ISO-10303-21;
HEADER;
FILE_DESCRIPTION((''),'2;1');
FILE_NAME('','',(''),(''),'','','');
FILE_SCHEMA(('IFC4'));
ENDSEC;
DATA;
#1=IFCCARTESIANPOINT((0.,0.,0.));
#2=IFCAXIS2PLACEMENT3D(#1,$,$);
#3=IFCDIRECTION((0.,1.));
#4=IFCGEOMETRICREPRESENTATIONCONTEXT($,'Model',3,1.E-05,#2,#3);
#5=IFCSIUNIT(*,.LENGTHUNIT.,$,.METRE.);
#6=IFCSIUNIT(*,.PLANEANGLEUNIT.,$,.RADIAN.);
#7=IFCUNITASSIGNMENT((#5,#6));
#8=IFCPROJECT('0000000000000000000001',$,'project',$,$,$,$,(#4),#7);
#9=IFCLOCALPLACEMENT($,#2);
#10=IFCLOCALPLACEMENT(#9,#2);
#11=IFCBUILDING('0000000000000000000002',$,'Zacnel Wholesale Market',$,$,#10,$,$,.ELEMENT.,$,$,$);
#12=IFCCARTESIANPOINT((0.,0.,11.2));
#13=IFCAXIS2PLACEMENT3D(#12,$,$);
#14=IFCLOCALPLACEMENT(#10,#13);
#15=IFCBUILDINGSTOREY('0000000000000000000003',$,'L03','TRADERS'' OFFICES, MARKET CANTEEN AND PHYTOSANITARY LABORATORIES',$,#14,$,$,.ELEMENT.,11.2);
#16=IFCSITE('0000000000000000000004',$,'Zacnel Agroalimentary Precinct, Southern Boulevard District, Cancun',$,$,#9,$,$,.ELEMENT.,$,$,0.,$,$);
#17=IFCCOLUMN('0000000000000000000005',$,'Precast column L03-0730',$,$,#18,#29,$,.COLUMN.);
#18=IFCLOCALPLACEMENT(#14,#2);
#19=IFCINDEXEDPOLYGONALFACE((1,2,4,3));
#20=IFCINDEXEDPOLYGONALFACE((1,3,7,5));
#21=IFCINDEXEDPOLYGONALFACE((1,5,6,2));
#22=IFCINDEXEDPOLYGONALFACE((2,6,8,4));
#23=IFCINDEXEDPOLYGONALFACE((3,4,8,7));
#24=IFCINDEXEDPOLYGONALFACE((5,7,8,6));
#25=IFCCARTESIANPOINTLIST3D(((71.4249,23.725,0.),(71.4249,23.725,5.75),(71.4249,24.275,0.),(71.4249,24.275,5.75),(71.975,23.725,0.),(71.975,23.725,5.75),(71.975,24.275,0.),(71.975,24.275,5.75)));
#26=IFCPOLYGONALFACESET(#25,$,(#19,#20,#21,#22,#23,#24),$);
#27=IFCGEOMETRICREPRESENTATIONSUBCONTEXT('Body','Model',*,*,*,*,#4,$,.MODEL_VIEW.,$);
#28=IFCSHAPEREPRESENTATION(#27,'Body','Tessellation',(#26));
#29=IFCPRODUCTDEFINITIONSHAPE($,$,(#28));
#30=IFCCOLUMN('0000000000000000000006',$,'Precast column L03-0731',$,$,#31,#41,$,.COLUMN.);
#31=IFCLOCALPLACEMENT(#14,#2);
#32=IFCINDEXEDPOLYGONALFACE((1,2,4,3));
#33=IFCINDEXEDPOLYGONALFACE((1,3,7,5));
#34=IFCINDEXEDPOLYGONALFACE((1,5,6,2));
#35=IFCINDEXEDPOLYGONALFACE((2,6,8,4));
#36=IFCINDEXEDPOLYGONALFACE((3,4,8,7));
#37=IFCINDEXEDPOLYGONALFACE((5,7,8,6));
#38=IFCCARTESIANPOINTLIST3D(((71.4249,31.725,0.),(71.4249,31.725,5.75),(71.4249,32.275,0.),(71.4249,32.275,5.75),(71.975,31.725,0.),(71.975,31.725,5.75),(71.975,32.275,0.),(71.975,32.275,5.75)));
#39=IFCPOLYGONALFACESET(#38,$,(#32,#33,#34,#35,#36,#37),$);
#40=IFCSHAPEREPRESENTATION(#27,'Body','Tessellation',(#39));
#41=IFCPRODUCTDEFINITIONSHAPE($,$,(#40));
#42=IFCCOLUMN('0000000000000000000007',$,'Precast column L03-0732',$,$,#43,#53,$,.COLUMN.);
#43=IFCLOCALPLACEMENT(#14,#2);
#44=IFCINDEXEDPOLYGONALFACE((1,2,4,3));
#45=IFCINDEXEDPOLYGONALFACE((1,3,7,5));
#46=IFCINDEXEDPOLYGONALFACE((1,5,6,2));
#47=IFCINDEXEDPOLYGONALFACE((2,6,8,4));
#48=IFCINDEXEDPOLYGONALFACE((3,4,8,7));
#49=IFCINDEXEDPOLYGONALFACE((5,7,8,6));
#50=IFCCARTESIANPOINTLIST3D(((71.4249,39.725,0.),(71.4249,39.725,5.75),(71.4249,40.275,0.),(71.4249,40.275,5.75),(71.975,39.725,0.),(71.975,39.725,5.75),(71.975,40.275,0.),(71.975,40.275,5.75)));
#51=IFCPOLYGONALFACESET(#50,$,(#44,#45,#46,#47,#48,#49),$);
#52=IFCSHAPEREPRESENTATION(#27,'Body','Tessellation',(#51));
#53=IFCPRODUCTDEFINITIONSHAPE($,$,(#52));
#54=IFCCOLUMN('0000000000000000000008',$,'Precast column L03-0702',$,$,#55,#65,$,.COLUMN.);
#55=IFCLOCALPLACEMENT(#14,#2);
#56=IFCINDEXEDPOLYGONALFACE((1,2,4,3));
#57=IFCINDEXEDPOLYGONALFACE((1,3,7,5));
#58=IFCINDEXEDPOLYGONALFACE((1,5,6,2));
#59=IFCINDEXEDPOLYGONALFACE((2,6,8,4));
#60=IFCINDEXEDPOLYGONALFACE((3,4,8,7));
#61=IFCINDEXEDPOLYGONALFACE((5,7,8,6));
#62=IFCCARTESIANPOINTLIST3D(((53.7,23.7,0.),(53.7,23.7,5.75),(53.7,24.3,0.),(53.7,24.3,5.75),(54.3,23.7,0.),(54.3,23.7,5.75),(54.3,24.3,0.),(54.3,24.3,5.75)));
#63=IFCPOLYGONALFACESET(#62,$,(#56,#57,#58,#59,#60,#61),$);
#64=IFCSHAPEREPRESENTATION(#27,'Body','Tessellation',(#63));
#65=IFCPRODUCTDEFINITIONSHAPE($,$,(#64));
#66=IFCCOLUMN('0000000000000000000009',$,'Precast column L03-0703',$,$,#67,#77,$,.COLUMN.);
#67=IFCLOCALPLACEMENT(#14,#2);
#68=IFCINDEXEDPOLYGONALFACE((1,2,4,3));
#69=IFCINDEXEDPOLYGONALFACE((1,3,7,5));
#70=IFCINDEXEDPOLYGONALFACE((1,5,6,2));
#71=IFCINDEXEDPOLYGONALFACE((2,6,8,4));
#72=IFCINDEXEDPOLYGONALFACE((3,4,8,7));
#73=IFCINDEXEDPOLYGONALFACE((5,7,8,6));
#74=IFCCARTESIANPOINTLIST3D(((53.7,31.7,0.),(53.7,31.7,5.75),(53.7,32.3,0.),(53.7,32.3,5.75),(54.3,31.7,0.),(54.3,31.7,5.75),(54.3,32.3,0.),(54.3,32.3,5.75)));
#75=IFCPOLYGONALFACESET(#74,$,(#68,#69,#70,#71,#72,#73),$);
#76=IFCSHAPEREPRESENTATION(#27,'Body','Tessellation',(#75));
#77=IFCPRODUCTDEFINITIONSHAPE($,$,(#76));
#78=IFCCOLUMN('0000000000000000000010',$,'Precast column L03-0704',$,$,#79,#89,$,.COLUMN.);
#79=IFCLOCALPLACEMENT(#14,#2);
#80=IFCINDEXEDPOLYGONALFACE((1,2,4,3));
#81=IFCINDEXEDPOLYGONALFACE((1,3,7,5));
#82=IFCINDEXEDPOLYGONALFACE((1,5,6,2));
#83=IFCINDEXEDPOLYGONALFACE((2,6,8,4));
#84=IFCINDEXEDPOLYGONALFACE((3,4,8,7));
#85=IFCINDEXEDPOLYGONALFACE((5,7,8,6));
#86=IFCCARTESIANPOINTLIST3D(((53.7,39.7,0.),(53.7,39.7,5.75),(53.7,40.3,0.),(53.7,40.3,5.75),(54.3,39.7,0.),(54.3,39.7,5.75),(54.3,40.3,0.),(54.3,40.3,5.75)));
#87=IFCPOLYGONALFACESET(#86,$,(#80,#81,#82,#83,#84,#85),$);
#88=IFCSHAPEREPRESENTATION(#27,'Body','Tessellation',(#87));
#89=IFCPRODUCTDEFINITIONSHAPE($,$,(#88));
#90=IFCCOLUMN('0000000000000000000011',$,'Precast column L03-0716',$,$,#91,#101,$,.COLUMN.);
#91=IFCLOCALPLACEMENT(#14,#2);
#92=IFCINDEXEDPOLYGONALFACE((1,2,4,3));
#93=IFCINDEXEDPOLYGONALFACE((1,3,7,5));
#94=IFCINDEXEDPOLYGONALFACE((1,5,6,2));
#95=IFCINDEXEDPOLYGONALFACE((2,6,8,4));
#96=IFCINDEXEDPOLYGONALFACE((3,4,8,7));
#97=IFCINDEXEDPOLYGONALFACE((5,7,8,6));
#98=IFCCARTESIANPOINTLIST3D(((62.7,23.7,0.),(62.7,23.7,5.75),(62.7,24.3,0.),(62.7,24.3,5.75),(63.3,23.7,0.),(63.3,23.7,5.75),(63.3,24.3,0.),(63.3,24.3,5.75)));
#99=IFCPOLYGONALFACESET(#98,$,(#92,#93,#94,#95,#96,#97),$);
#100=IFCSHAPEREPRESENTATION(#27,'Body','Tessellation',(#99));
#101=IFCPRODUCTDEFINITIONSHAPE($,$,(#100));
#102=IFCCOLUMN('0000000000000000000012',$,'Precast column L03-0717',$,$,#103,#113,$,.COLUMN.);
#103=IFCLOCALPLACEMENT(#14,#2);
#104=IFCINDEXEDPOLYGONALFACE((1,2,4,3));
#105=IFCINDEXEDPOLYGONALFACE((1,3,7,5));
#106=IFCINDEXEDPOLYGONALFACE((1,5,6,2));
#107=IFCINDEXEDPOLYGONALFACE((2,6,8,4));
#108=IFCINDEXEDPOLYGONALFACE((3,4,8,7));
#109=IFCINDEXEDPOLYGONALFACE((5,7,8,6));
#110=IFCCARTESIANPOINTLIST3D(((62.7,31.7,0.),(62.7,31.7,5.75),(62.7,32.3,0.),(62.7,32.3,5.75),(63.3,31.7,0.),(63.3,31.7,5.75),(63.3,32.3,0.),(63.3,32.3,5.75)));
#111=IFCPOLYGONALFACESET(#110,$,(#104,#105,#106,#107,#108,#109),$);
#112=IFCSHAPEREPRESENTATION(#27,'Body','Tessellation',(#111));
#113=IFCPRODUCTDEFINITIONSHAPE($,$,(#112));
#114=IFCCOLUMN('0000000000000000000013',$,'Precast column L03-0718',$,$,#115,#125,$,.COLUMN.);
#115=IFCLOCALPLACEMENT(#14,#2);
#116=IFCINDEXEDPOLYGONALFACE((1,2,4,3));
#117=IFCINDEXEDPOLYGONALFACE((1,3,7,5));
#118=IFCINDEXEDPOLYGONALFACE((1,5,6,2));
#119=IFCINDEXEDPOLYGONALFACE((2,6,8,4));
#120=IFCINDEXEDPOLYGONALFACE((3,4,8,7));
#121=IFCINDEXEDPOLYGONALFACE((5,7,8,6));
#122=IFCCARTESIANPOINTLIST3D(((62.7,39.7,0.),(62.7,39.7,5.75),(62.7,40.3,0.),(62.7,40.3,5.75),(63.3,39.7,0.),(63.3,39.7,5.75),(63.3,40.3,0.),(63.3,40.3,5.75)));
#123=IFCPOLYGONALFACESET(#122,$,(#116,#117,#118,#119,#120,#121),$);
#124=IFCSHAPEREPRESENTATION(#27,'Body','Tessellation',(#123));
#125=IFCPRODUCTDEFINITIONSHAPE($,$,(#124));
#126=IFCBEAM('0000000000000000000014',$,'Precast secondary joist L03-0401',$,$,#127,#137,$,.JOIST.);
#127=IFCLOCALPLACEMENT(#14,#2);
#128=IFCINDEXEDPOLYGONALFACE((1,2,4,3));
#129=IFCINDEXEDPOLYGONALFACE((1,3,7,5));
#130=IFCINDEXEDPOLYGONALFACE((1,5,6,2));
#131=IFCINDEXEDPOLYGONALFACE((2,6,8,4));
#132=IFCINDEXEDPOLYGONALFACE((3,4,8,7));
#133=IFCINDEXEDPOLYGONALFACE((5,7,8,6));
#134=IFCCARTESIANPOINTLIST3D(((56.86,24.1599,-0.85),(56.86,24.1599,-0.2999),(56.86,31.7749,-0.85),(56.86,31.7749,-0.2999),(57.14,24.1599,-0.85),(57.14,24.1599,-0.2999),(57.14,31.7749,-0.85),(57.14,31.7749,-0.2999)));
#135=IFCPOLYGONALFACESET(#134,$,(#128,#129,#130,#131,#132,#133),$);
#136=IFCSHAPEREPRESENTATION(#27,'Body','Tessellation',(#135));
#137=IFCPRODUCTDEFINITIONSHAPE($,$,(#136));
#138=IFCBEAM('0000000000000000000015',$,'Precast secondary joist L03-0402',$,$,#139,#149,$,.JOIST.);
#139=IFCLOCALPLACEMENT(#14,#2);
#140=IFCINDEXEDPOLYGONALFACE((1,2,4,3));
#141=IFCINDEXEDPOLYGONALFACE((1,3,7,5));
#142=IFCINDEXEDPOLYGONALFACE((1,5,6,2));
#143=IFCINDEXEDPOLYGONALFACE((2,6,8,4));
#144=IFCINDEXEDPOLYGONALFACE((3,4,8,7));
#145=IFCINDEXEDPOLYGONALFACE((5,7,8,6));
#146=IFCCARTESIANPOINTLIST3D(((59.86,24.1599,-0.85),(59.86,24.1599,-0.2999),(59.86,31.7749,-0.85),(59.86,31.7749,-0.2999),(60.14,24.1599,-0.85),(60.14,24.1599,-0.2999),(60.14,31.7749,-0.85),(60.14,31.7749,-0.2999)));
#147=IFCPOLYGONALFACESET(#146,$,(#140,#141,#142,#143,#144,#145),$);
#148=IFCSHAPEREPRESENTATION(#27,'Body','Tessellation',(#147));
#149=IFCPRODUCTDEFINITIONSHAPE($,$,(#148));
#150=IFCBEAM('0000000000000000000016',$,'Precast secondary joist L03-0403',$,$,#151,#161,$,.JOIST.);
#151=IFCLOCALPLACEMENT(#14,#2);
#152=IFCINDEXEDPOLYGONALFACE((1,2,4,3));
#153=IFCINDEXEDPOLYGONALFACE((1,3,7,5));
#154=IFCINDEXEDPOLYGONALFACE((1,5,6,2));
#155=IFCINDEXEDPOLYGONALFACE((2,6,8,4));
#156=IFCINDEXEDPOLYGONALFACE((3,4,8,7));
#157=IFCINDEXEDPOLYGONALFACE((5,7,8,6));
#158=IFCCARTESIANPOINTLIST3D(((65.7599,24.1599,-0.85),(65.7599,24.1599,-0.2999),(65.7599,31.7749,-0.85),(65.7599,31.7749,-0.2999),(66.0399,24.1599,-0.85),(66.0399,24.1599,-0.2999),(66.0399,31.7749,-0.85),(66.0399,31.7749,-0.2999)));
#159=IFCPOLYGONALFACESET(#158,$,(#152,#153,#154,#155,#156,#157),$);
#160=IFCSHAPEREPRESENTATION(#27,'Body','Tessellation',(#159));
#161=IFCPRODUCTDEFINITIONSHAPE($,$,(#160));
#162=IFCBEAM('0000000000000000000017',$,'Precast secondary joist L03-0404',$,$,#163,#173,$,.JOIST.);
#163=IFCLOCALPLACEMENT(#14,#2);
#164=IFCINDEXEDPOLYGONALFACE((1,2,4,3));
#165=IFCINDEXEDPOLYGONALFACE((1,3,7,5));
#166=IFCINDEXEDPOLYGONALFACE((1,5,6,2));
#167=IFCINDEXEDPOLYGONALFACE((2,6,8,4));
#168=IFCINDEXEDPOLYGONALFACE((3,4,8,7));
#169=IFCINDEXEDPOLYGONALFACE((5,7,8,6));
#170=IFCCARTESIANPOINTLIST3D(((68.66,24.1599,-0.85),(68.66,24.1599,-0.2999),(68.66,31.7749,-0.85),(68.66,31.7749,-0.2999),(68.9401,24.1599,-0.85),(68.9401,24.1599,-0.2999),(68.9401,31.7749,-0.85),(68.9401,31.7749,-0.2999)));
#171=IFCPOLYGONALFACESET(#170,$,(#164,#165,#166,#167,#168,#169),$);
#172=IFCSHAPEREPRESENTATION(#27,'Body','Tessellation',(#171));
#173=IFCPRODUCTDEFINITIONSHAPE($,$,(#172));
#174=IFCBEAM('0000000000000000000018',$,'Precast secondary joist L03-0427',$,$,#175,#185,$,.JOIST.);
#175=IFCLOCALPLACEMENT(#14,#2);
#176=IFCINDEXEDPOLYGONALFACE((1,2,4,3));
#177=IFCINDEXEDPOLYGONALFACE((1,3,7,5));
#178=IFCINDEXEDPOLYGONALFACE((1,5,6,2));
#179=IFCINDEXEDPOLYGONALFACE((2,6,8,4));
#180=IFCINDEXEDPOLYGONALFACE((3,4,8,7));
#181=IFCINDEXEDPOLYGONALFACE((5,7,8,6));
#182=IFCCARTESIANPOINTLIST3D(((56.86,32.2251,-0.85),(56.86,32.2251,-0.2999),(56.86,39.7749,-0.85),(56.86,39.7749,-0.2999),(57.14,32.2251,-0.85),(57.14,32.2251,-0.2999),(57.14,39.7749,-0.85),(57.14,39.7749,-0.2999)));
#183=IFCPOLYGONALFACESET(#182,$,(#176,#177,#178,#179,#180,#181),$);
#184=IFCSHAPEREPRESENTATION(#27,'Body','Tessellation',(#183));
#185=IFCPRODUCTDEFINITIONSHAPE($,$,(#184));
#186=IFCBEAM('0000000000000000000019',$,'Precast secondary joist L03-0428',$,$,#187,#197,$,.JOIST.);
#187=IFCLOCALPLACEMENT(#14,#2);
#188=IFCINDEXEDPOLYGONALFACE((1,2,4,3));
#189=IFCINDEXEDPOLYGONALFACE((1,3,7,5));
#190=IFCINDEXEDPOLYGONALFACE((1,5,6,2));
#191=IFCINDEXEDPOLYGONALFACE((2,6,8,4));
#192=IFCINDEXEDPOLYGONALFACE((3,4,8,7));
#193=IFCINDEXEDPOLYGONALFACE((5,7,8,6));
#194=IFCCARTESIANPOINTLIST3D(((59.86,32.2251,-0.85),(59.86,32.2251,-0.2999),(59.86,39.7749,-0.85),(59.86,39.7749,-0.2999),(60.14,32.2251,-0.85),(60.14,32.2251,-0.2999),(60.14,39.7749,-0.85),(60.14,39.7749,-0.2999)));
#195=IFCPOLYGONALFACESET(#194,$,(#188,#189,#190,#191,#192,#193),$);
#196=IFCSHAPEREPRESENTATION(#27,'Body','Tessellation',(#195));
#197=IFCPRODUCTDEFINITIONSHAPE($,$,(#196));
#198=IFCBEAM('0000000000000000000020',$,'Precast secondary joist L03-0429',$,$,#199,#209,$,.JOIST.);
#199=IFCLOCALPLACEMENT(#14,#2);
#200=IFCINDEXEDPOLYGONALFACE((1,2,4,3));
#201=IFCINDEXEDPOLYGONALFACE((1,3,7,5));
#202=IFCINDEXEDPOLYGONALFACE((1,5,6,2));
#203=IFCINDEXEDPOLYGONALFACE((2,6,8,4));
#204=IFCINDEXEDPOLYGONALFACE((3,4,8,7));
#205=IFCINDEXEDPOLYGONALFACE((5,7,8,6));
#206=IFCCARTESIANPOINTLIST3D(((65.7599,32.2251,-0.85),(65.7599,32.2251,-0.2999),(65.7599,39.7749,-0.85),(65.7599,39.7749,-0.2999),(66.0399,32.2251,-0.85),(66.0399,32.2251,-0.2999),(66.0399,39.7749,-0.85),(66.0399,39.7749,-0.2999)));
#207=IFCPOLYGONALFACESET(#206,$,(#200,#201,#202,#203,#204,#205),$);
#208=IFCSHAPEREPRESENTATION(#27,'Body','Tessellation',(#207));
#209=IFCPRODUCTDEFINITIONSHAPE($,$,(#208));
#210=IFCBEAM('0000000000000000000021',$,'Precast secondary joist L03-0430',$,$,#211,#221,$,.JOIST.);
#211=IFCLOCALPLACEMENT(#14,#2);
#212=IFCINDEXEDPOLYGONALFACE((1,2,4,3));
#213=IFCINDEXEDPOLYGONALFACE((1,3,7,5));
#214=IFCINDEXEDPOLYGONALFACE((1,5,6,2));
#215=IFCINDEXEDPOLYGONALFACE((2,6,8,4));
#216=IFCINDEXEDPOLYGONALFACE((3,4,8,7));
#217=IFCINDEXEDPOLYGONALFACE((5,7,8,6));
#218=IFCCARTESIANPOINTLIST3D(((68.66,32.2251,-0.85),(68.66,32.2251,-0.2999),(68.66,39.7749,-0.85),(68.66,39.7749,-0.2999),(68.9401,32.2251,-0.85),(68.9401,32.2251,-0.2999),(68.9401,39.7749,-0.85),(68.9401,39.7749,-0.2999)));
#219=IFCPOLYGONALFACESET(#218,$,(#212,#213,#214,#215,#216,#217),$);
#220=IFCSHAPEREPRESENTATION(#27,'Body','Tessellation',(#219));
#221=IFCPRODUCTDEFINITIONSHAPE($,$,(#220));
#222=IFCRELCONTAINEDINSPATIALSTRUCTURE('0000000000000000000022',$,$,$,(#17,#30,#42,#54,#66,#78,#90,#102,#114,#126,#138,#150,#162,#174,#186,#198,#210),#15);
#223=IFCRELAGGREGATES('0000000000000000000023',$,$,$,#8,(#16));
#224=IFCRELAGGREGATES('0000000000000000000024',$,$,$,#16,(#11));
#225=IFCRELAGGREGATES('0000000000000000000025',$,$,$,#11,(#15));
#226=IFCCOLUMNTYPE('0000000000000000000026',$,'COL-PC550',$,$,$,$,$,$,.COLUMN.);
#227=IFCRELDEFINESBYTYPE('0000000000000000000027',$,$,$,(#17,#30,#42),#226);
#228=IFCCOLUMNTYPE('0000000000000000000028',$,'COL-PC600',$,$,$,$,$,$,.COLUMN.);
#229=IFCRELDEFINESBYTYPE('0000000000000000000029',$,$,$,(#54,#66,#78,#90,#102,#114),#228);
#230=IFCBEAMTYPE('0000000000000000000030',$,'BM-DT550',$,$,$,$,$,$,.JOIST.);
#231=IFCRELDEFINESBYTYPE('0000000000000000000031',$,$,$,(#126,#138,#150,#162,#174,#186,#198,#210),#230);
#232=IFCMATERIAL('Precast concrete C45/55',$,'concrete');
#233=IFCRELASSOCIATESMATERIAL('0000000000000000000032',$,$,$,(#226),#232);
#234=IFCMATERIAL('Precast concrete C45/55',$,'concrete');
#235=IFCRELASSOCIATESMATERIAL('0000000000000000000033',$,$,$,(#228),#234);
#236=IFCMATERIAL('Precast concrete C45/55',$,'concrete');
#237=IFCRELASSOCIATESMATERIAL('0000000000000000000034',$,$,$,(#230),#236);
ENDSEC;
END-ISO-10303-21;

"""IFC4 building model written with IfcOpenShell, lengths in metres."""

from ifc_helpers import new_model, si_unit, direction, frame, origin, origin_2d, place, context, subcontext, project, spatial, rectangle, extrude, material, material_profile, profile_set, type_object, element, save


model = new_model("IFC4")

# Units and contexts
model_context = context("Model", 3, precision=1e-05, world=origin(), true_north=direction((0.0, 1.0)))
body_context = subcontext(model_context, "Body", "Model", "MODEL_VIEW")
ifc_project = project(units=[si_unit("LENGTHUNIT", "METRE"), si_unit("PLANEANGLEUNIT", "RADIAN")], contexts=[model_context])

# Site, building, storey
site_placement = place(None, origin())
site = spatial("IfcSite", under=ifc_project, at=site_placement, Name="Zacnel Agroalimentary Precinct, Southern Boulevard District, Cancun", CompositionType="ELEMENT", RefElevation=0.0)
building_placement = place(site_placement, origin())
building = spatial("IfcBuilding", under=site, at=building_placement, Name="Zacnel Wholesale Market", CompositionType="ELEMENT")
storey_placement = place(building_placement, frame((0.0, 0.0, 11.2)))
storey = spatial("IfcBuildingStorey", under=building, at=storey_placement, Name="L03", Description="TRADERS' OFFICES, MARKET CANTEEN AND PHYTOSANITARY LABORATORIES", CompositionType="ELEMENT", Elevation=11.2)

# Columns
ifc_material_1 = material(Name="Precast concrete C45/55", Category="concrete")
ifc_material_profile_1 = material_profile(ifc_material_1, rectangle(XDim=0.55, YDim=0.55, at=origin_2d()), Name="PC 550x550")
ifc_profile_set_1 = profile_set([ifc_material_profile_1], Name="Precast concrete C45/55")
column_type_1 = type_object("IfcColumnType", Name="COL-PC550", PredefinedType="COLUMN", material=ifc_profile_set_1)
for number, where, z_axis, x_axis, name in (
    (1, (71.7, 24.0, 0.0), (0.0, 0.0, 1.0), (1.0, 0.0, 0.0), "Precast column L03-0730"),
    (2, (71.7, 32.0, 0.0), (0.0, 0.0, 1.0), (1.0, 0.0, 0.0), "Precast column L03-0731"),
    (3, (71.7, 40.0, 0.0), (0.0, 0.0, 1.0), (1.0, 0.0, 0.0), "Precast column L03-0732"),
):
    element("IfcColumn", number, at=place(storey_placement, frame(where, z_axis=z_axis, x_axis=x_axis)), inside=storey, type_object=column_type_1, Name=name, PredefinedType="COLUMN", context=body_context, shape_type="SweptSolid", body=[
        extrude(rectangle(XDim=0.55, YDim=0.55, at=origin_2d()), origin(), (0.0, 0.0, 1.0), 5.75),
    ])
ifc_material_2 = material(Name="Precast concrete C45/55", Category="concrete")
ifc_material_profile_2 = material_profile(ifc_material_2, rectangle(XDim=0.6001, YDim=0.6001, at=origin_2d()), Name="PC 600x600")
ifc_profile_set_2 = profile_set([ifc_material_profile_2], Name="Precast concrete C45/55")
column_type_2 = type_object("IfcColumnType", Name="COL-PC600", PredefinedType="COLUMN", material=ifc_profile_set_2)
for number, where, z_axis, x_axis, name in (
    (4, (54.0, 24.0, 0.0), (0.0, 0.0, 1.0), (1.0, 0.0, 0.0), "Precast column L03-0702"),
    (5, (54.0, 32.0, 0.0), (0.0, 0.0, 1.0), (1.0, 0.0, 0.0), "Precast column L03-0703"),
    (6, (54.0, 40.0, 0.0), (0.0, 0.0, 1.0), (1.0, 0.0, 0.0), "Precast column L03-0704"),
    (7, (63.0, 24.0, 0.0), (0.0, 0.0, 1.0), (1.0, 0.0, 0.0), "Precast column L03-0716"),
    (8, (63.0, 32.0, 0.0), (0.0, 0.0, 1.0), (1.0, 0.0, 0.0), "Precast column L03-0717"),
    (9, (63.0, 40.0, 0.0), (0.0, 0.0, 1.0), (1.0, 0.0, 0.0), "Precast column L03-0718"),
):
    element("IfcColumn", number, at=place(storey_placement, frame(where, z_axis=z_axis, x_axis=x_axis)), inside=storey, type_object=column_type_2, Name=name, PredefinedType="COLUMN", context=body_context, shape_type="SweptSolid", body=[
        extrude(rectangle(XDim=0.6001, YDim=0.6001, at=origin_2d()), origin(), (0.0, 0.0, 1.0), 5.75),
    ])

# Beams
ifc_material_3 = material(Name="Precast concrete C45/55", Category="concrete")
ifc_material_profile_3 = material_profile(ifc_material_3, rectangle(XDim=0.28, YDim=0.55, at=origin_2d()), Name="DT RIB 280x550")
ifc_profile_set_3 = profile_set([ifc_material_profile_3], Name="Precast concrete C45/55")
beam_type_1 = type_object("IfcBeamType", Name="BM-DT550", PredefinedType="JOIST", material=ifc_profile_set_3)
for number, where, z_axis, x_axis, name in (
    (10, (57.0, 24.1599, -0.575), (0.0, 1.0, 0.0), (-1.0, 0.0, 0.0), "Precast secondary joist L03-0401"),
    (11, (60.0, 24.1599, -0.575), (0.0, 1.0, 0.0), (-1.0, 0.0, 0.0), "Precast secondary joist L03-0402"),
    (12, (65.8999, 24.1599, -0.575), (0.0, 1.0, 0.0), (-1.0, 0.0, 0.0), "Precast secondary joist L03-0403"),
    (13, (68.8, 24.1599, -0.575), (0.0, 1.0, 0.0), (-1.0, 0.0, 0.0), "Precast secondary joist L03-0404"),
):
    element("IfcBeam", number, at=place(storey_placement, frame(where, z_axis=z_axis, x_axis=x_axis)), inside=storey, type_object=beam_type_1, Name=name, PredefinedType="JOIST", context=body_context, shape_type="SweptSolid", body=[
        extrude(rectangle(XDim=0.28, YDim=0.55, at=origin_2d()), origin(), (0.0, 0.0, 1.0), 7.615),
    ])
for number, where, z_axis, x_axis, name in (
    (14, (57.0, 32.2251, -0.575), (0.0, 1.0, 0.0), (-1.0, 0.0, 0.0), "Precast secondary joist L03-0427"),
    (15, (60.0, 32.2251, -0.575), (0.0, 1.0, 0.0), (-1.0, 0.0, 0.0), "Precast secondary joist L03-0428"),
    (16, (65.8999, 32.2251, -0.575), (0.0, 1.0, 0.0), (-1.0, 0.0, 0.0), "Precast secondary joist L03-0429"),
    (17, (68.8, 32.2251, -0.575), (0.0, 1.0, 0.0), (-1.0, 0.0, 0.0), "Precast secondary joist L03-0430"),
):
    element("IfcBeam", number, at=place(storey_placement, frame(where, z_axis=z_axis, x_axis=x_axis)), inside=storey, type_object=beam_type_1, Name=name, PredefinedType="JOIST", context=body_context, shape_type="SweptSolid", body=[
        extrude(rectangle(XDim=0.28, YDim=0.55, at=origin_2d()), origin(), (0.0, 0.0, 1.0), 7.5498),
    ])

save(model, "model.ifc")
